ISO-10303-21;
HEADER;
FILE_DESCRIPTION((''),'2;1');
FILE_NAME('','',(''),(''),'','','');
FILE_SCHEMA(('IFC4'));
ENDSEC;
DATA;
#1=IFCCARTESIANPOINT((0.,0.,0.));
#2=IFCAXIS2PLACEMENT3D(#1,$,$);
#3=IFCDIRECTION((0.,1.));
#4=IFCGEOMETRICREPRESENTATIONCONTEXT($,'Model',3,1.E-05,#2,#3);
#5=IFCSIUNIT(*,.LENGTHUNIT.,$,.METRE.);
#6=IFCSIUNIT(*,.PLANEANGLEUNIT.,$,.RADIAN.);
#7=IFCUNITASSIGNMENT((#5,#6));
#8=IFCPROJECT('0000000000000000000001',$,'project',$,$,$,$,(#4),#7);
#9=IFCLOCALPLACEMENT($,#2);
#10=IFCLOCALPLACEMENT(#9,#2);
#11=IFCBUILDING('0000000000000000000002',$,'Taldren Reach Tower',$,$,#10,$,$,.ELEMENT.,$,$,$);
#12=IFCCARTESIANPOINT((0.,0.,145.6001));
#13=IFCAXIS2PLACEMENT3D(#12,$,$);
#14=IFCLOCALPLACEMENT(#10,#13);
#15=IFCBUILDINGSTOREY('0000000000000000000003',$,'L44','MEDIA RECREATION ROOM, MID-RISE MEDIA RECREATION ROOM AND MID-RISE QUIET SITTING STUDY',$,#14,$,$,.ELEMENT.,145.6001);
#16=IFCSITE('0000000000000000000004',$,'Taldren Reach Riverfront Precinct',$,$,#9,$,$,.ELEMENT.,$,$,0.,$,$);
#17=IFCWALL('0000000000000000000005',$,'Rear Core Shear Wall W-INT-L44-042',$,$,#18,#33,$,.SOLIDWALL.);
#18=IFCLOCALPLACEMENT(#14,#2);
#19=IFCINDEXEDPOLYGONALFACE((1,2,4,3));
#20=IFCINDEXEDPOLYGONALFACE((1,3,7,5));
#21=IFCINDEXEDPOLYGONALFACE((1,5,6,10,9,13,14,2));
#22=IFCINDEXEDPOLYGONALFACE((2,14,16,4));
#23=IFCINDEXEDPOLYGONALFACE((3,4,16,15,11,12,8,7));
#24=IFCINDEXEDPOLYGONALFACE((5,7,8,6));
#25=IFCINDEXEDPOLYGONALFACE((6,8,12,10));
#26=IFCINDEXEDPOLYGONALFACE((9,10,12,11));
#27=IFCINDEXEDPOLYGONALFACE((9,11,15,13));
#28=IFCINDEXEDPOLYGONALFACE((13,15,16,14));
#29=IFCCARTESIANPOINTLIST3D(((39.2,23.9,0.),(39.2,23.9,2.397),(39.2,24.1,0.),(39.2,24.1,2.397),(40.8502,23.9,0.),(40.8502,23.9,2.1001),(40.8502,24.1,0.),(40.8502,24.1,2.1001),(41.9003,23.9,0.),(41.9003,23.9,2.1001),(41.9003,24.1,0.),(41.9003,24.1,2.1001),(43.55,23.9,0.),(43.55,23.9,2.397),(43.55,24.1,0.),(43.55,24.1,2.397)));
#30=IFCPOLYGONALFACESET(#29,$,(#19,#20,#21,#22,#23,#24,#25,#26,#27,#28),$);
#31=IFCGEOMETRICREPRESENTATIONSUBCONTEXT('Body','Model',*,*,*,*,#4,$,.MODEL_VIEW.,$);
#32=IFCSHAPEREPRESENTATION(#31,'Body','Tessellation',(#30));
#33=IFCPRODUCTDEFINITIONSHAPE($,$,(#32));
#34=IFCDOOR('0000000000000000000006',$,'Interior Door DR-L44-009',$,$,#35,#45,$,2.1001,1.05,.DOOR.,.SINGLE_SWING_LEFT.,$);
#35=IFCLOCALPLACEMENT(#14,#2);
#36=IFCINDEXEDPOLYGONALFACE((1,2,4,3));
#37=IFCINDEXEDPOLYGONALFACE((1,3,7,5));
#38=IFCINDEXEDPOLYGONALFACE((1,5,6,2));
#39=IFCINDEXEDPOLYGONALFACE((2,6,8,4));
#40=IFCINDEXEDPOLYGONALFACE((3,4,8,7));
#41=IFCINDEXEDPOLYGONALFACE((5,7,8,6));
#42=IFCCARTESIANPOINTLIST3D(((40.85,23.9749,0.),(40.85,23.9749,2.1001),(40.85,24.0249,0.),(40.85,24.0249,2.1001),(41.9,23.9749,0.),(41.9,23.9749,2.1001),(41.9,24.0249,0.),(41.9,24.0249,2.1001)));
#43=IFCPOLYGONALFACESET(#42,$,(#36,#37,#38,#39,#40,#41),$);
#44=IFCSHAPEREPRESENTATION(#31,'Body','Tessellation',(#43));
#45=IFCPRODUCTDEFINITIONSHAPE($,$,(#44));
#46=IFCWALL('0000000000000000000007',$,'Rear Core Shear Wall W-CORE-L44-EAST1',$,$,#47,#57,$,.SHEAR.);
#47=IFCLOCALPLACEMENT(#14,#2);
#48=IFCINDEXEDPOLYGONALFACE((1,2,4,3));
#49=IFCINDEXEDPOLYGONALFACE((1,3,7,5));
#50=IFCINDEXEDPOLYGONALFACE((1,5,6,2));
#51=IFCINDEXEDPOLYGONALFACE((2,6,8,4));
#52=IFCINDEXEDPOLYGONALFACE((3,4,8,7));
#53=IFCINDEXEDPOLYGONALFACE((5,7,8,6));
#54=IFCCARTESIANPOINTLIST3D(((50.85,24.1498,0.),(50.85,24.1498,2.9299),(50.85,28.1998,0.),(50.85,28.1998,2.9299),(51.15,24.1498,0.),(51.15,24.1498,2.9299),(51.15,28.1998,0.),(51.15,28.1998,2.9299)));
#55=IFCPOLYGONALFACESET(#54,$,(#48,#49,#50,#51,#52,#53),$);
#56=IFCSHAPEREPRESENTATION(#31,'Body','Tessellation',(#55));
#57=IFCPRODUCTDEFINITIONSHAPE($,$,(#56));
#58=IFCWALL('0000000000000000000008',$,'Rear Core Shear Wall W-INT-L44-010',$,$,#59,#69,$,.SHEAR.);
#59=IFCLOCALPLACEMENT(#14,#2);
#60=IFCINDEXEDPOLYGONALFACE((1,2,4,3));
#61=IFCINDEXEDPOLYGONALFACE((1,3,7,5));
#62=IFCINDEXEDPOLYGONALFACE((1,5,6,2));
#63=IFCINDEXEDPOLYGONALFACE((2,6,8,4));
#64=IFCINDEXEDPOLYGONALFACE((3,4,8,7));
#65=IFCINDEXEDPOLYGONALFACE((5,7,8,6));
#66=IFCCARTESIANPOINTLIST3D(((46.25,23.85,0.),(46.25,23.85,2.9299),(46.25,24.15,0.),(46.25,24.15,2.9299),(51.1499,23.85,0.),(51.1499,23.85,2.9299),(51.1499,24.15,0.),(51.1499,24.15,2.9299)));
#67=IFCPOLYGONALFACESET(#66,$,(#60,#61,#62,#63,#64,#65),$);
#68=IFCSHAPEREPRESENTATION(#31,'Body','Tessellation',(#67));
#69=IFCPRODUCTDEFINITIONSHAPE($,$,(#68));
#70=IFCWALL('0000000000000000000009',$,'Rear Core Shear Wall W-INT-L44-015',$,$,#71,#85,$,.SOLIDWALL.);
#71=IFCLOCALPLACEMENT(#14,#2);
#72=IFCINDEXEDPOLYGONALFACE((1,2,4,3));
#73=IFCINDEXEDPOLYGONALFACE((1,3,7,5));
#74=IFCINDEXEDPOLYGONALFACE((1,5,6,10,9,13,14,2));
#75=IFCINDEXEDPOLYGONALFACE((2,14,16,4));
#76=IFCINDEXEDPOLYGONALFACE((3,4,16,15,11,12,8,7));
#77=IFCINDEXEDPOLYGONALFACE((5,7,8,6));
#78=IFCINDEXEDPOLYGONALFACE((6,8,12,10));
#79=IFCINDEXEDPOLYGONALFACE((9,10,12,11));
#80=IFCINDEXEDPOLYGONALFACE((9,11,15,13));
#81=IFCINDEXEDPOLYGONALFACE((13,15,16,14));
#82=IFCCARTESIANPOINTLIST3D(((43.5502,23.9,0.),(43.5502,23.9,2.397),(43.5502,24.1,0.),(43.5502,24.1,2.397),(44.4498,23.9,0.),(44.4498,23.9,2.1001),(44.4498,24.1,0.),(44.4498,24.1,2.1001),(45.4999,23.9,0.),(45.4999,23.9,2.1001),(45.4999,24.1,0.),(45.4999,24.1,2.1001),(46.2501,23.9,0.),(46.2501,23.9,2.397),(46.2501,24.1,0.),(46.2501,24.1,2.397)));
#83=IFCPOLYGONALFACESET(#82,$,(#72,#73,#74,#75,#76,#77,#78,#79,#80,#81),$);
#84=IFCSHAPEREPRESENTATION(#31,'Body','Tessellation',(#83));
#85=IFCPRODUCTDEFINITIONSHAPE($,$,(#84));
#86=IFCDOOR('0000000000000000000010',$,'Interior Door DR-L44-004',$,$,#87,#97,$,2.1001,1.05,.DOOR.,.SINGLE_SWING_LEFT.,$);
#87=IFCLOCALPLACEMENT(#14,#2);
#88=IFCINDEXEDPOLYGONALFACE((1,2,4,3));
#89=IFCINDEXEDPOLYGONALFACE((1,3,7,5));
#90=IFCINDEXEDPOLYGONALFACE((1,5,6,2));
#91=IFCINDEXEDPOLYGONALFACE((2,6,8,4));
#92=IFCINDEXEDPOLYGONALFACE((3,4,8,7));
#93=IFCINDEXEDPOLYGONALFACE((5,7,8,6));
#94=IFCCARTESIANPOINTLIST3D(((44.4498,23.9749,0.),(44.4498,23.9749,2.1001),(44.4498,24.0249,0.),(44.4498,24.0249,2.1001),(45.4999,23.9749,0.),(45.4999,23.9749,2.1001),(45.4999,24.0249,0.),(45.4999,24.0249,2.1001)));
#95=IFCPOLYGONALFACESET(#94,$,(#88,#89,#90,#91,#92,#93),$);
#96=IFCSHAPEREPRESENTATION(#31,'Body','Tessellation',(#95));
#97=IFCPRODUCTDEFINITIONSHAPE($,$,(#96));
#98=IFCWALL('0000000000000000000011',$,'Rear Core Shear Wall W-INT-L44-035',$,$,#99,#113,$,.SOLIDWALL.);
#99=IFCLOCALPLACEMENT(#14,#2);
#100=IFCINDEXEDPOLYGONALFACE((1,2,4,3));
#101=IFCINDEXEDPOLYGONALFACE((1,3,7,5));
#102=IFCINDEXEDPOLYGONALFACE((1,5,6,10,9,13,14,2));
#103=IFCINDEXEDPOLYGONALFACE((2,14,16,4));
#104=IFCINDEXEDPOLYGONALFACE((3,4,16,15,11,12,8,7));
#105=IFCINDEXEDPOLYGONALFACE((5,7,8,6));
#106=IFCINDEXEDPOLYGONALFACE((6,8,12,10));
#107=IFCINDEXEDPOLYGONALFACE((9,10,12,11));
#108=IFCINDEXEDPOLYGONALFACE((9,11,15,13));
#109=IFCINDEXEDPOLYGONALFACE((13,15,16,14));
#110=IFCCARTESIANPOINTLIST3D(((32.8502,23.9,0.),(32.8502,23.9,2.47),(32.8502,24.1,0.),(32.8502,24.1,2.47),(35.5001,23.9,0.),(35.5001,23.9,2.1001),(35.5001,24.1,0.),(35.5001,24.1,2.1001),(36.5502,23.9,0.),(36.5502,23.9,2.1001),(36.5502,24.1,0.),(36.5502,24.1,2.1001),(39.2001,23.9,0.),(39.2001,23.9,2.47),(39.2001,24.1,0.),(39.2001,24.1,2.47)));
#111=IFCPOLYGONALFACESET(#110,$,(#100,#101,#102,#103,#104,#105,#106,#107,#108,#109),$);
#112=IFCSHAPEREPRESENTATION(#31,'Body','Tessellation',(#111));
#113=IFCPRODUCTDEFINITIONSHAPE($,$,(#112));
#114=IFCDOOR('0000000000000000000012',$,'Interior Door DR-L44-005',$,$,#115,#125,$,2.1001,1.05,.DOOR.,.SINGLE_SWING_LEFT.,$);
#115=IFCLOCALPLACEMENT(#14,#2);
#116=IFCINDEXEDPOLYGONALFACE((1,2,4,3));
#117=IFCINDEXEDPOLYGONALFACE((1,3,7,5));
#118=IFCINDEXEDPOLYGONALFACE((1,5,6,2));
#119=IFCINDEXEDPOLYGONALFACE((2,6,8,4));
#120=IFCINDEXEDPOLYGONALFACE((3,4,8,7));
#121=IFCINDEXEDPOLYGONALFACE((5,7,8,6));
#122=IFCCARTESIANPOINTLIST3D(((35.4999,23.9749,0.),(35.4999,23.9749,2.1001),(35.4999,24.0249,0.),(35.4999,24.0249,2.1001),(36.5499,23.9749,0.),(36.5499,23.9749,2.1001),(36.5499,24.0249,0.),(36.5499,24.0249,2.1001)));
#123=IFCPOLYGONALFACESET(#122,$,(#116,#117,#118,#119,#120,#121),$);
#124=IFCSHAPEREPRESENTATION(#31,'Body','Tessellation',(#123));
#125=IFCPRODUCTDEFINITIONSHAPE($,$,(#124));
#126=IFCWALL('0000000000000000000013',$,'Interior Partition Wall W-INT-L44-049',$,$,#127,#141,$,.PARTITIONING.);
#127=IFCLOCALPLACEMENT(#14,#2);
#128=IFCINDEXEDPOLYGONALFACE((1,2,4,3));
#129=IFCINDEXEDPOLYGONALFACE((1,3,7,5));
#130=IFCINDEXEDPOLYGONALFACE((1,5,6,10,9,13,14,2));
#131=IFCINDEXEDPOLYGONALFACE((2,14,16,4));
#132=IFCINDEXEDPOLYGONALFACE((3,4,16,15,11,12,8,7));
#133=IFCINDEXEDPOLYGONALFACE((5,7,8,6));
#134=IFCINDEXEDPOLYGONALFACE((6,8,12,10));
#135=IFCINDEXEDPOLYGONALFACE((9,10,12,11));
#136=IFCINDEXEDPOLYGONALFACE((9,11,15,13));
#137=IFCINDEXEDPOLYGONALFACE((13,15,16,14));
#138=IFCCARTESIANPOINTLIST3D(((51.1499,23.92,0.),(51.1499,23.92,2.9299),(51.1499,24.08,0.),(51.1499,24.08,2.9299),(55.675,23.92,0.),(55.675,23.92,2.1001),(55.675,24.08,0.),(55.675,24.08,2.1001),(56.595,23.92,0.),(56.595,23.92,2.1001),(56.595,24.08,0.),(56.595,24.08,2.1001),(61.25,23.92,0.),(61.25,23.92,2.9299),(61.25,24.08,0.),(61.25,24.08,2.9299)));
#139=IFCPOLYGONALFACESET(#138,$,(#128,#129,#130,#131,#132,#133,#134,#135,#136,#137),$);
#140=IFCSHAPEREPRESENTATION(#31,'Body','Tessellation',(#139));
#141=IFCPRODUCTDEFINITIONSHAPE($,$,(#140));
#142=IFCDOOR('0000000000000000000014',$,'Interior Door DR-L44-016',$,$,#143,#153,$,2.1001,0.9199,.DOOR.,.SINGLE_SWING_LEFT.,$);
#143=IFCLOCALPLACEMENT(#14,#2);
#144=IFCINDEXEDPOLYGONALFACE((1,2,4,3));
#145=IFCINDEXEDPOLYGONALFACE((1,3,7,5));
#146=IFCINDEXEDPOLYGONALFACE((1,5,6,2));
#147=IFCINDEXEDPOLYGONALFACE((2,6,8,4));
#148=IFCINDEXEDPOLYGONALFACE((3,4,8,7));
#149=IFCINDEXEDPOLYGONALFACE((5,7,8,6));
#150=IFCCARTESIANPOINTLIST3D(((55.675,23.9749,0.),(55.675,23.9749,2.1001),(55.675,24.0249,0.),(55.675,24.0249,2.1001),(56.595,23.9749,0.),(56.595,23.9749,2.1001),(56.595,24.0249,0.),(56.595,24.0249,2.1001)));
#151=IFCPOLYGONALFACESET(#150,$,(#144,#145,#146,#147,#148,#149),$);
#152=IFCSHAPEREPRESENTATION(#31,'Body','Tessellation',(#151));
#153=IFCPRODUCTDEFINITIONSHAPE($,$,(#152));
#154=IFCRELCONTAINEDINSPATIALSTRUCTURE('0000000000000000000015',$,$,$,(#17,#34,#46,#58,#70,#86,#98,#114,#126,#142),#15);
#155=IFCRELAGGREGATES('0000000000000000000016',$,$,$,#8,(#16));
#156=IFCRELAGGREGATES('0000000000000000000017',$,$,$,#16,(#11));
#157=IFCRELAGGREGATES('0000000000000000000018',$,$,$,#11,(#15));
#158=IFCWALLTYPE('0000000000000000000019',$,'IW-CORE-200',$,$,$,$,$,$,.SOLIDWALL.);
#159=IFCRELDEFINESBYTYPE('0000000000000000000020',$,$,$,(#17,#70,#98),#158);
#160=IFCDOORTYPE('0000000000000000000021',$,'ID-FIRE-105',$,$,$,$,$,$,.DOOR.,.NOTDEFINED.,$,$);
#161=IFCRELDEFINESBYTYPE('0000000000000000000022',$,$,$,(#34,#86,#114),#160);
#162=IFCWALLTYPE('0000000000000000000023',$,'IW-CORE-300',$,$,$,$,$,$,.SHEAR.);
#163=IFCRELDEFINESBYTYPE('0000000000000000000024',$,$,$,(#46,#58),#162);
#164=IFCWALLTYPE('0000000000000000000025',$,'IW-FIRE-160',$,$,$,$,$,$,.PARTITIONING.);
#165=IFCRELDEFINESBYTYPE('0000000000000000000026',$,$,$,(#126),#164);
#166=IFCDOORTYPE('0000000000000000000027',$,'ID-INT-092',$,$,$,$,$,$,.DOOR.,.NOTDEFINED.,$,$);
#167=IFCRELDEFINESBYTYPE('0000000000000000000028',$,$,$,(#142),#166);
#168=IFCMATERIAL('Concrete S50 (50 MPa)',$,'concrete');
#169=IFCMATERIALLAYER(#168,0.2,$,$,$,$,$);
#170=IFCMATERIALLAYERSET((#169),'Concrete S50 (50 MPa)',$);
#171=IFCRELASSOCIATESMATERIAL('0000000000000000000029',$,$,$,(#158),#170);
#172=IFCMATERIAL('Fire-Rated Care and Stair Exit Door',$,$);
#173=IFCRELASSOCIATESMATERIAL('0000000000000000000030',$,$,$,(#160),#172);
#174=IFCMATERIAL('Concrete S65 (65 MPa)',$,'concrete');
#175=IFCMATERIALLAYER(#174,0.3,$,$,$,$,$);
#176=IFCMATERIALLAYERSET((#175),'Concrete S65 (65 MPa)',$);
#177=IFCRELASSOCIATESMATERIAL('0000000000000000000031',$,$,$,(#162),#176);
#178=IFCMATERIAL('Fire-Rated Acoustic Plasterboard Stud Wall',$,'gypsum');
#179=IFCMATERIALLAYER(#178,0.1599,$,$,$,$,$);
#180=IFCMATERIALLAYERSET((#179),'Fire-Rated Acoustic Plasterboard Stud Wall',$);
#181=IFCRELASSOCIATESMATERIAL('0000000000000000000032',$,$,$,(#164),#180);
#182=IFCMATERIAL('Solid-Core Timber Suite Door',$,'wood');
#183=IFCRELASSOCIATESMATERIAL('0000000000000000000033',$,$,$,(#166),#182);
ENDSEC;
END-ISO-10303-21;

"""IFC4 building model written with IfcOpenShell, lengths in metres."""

from ifc_helpers import new_model, si_unit, direction, frame, frame_2d, origin, place, context, subcontext, project, spatial, rectangle, extrude, source, transform, mapped, material, layer, layer_set, type_object, element, fill, save


model = new_model("IFC4")

# Units and contexts
model_context = context("Model", 3, precision=1e-05, world=origin(), true_north=direction((0.0, 1.0)))
body_context = subcontext(model_context, "Body", "Model", "MODEL_VIEW")
ifc_project = project(units=[si_unit("LENGTHUNIT", "METRE"), si_unit("PLANEANGLEUNIT", "RADIAN")], contexts=[model_context])

# Site, building, storey
site_placement = place(None, origin())
site = spatial("IfcSite", under=ifc_project, at=site_placement, Name="Taldren Reach Riverfront Precinct", CompositionType="ELEMENT", RefElevation=0.0)
building_placement = place(site_placement, origin())
building = spatial("IfcBuilding", under=site, at=building_placement, Name="Taldren Reach Tower", CompositionType="ELEMENT")
storey_placement = place(building_placement, frame((0.0, 0.0, 145.6001)))
storey = spatial("IfcBuildingStorey", under=building, at=storey_placement, Name="L44", Description="MEDIA RECREATION ROOM, MID-RISE MEDIA RECREATION ROOM AND MID-RISE QUIET SITTING STUDY", CompositionType="ELEMENT", Elevation=145.6001)

# Wall, opening, door
ifc_material_1 = material(Name="Concrete S50 (50 MPa)", Category="concrete")
ifc_layer_1 = layer(ifc_material_1, 0.2)
ifc_layer_set_1 = layer_set([ifc_layer_1], Name="Concrete S50 (50 MPa)")
wall_type_1 = type_object("IfcWallType", Name="IW-CORE-200", PredefinedType="SOLIDWALL", material=ifc_layer_set_1)
shared_shape_1 = source(origin(), body_context, "Body", "SweptSolid", [
    extrude(rectangle(XDim=4.3501, YDim=0.2, at=frame_2d((2.175, 0.0))), origin(), (0.0, 0.0, 1.0), 2.397),
])
wall_1_placement = place(storey_placement, frame((43.55, 24.0, 0.0), z_axis=(0.0, 0.0, 1.0), x_axis=(-1.0, 0.0, 0.0)))
wall_1 = element("IfcWall", 1, at=wall_1_placement, inside=storey, type_object=wall_type_1, Name="Rear Core Shear Wall W-INT-L44-042", PredefinedType="SOLIDWALL", context=body_context, shape_type="MappedRepresentation", body=[
    mapped(shared_shape_1, transform((0.0, 0.0, 0.0), scale=1.0)),
])
shared_shape_2 = source(origin(), body_context, "Body", "SweptSolid", [
    extrude(rectangle(XDim=1.05, YDim=2.1001, at=frame_2d((0.5249, 1.05))), frame((0.0, 0.1099, 0.0), z_axis=(0.0, -1.0, 0.0), x_axis=(1.0, 0.0, 0.0)), (0.0, 0.0, 1.0), 0.22),
])
opening_1_placement = place(wall_1_placement, frame((1.6499, 0.0, 0.0)))
opening_1 = element("IfcOpeningElement", 2, at=opening_1_placement, cuts=wall_1, PredefinedType="OPENING", context=body_context, shape_type="MappedRepresentation", body=[
    mapped(shared_shape_2, transform((0.0, 0.0, 0.0), scale=1.0)),
])
ifc_material_2 = material(Name="Fire-Rated Care and Stair Exit Door")
door_type_1 = type_object("IfcDoorType", Name="ID-FIRE-105", OperationType="NOTDEFINED", PredefinedType="DOOR", material=ifc_material_2)
shared_shape_3 = source(origin(), body_context, "Body", "SweptSolid", [
    extrude(rectangle(XDim=1.05, YDim=2.1001, at=frame_2d((0.5249, 1.05))), frame((0.0, 0.0249, 0.0), z_axis=(0.0, -1.0, 0.0), x_axis=(1.0, 0.0, 0.0)), (0.0, 0.0, 1.0), 0.05),
])
door_1_placement = place(opening_1_placement, frame((1.05, 0.0, 0.0), z_axis=(0.0, 0.0, 1.0), x_axis=(-1.0, 0.0, 0.0)))
door_1 = element("IfcDoor", 3, at=door_1_placement, inside=storey, type_object=door_type_1, Name="Interior Door DR-L44-009", OperationType="SINGLE_SWING_LEFT", OverallHeight=2.1001, OverallWidth=1.05, PredefinedType="DOOR", context=body_context, shape_type="MappedRepresentation", body=[
    mapped(shared_shape_3, transform((0.0, 0.0, 0.0), scale=1.0)),
])
fill(opening_1, door_1)

# Walls
ifc_material_3 = material(Name="Concrete S65 (65 MPa)", Category="concrete")
ifc_layer_2 = layer(ifc_material_3, 0.3)
ifc_layer_set_2 = layer_set([ifc_layer_2], Name="Concrete S65 (65 MPa)")
wall_type_2 = type_object("IfcWallType", Name="IW-CORE-300", PredefinedType="SHEAR", material=ifc_layer_set_2)
shared_shape_4 = source(origin(), body_context, "Body", "SweptSolid", [
    extrude(rectangle(XDim=4.05, YDim=0.3, at=frame_2d((2.0249, 0.0))), origin(), (0.0, 0.0, 1.0), 2.9299),
])
wall_2_placement = place(storey_placement, frame((51.0, 24.1499, 0.0), z_axis=(0.0, 0.0, 1.0), x_axis=(0.0, 1.0, 0.0)))
element("IfcWall", 4, at=wall_2_placement, inside=storey, type_object=wall_type_2, Name="Rear Core Shear Wall W-CORE-L44-EAST1", PredefinedType="SHEAR", context=body_context, shape_type="MappedRepresentation", body=[
    mapped(shared_shape_4, transform((0.0, 0.0, 0.0), scale=1.0)),
])
shared_shape_5 = source(origin(), body_context, "Body", "SweptSolid", [
    extrude(rectangle(XDim=4.8999, YDim=0.3, at=frame_2d((2.45, 0.0))), origin(), (0.0, 0.0, 1.0), 2.9299),
])
wall_3_placement = place(storey_placement, frame((46.25, 24.0, 0.0), z_axis=(0.0, 0.0, 1.0), x_axis=(1.0, 0.0, 0.0)))
element("IfcWall", 5, at=wall_3_placement, inside=storey, type_object=wall_type_2, Name="Rear Core Shear Wall W-INT-L44-010", PredefinedType="SHEAR", context=body_context, shape_type="MappedRepresentation", body=[
    mapped(shared_shape_5, transform((0.0, 0.0, 0.0), scale=1.0)),
])

# Walls, openings, doors
shared_shape_6 = source(origin(), body_context, "Body", "SweptSolid", [
    extrude(rectangle(XDim=2.7, YDim=0.2, at=frame_2d((1.3501, 0.0))), origin(), (0.0, 0.0, 1.0), 2.397),
])
wall_4_placement = place(storey_placement, frame((43.55, 24.0, 0.0), z_axis=(0.0, 0.0, 1.0), x_axis=(1.0, 0.0, 0.0)))
wall_4 = element("IfcWall", 6, at=wall_4_placement, inside=storey, type_object=wall_type_1, Name="Rear Core Shear Wall W-INT-L44-015", PredefinedType="SOLIDWALL", context=body_context, shape_type="MappedRepresentation", body=[
    mapped(shared_shape_6, transform((0.0, 0.0, 0.0), scale=1.0)),
])
opening_2_placement = place(wall_4_placement, frame((0.8999, 0.0, 0.0)))
opening_2 = element("IfcOpeningElement", 7, at=opening_2_placement, cuts=wall_4, PredefinedType="OPENING", context=body_context, shape_type="MappedRepresentation", body=[
    mapped(shared_shape_2, transform((0.0, 0.0, 0.0), scale=1.0)),
])
door_2_placement = place(opening_2_placement, origin())
door_2 = element("IfcDoor", 8, at=door_2_placement, inside=storey, type_object=door_type_1, Name="Interior Door DR-L44-004", OperationType="SINGLE_SWING_LEFT", OverallHeight=2.1001, OverallWidth=1.05, PredefinedType="DOOR", context=body_context, shape_type="MappedRepresentation", body=[
    mapped(shared_shape_3, transform((0.0, 0.0, 0.0), scale=1.0)),
])
fill(opening_2, door_2)
shared_shape_7 = source(origin(), body_context, "Body", "SweptSolid", [
    extrude(rectangle(XDim=6.3499, YDim=0.2, at=frame_2d((3.1748, 0.0))), origin(), (0.0, 0.0, 1.0), 2.47),
])
wall_5_placement = place(storey_placement, frame((39.2, 24.0, 0.0), z_axis=(0.0, 0.0, 1.0), x_axis=(-1.0, 0.0, 0.0)))
wall_5 = element("IfcWall", 9, at=wall_5_placement, inside=storey, type_object=wall_type_1, Name="Rear Core Shear Wall W-INT-L44-035", PredefinedType="SOLIDWALL", context=body_context, shape_type="MappedRepresentation", body=[
    mapped(shared_shape_7, transform((0.0, 0.0, 0.0), scale=1.0)),
])
opening_3_placement = place(wall_5_placement, frame((2.6499, 0.0, 0.0)))
opening_3 = element("IfcOpeningElement", 10, at=opening_3_placement, cuts=wall_5, PredefinedType="OPENING", context=body_context, shape_type="MappedRepresentation", body=[
    mapped(shared_shape_2, transform((0.0, 0.0, 0.0), scale=1.0)),
])
door_3_placement = place(opening_3_placement, frame((1.05, 0.0, 0.0), z_axis=(0.0, 0.0, 1.0), x_axis=(-1.0, 0.0, 0.0)))
door_3 = element("IfcDoor", 11, at=door_3_placement, inside=storey, type_object=door_type_1, Name="Interior Door DR-L44-005", OperationType="SINGLE_SWING_LEFT", OverallHeight=2.1001, OverallWidth=1.05, PredefinedType="DOOR", context=body_context, shape_type="MappedRepresentation", body=[
    mapped(shared_shape_3, transform((0.0, 0.0, 0.0), scale=1.0)),
])
fill(opening_3, door_3)
ifc_material_4 = material(Name="Fire-Rated Acoustic Plasterboard Stud Wall", Category="gypsum")
ifc_layer_3 = layer(ifc_material_4, 0.1599)
ifc_layer_set_3 = layer_set([ifc_layer_3], Name="Fire-Rated Acoustic Plasterboard Stud Wall")
wall_type_3 = type_object("IfcWallType", Name="IW-FIRE-160", PredefinedType="PARTITIONING", material=ifc_layer_set_3)
shared_shape_8 = source(origin(), body_context, "Body", "SweptSolid", [
    extrude(rectangle(XDim=10.1001, YDim=0.1599, at=frame_2d((5.05, 0.0))), origin(), (0.0, 0.0, 1.0), 2.9299),
])
wall_6_placement = place(storey_placement, frame((51.1499, 24.0, 0.0), z_axis=(0.0, 0.0, 1.0), x_axis=(1.0, 0.0, 0.0)))
wall_6 = element("IfcWall", 12, at=wall_6_placement, inside=storey, type_object=wall_type_3, Name="Interior Partition Wall W-INT-L44-049", PredefinedType="PARTITIONING", context=body_context, shape_type="MappedRepresentation", body=[
    mapped(shared_shape_8, transform((0.0, 0.0, 0.0), scale=1.0)),
])
shared_shape_9 = source(origin(), body_context, "Body", "SweptSolid", [
    extrude(rectangle(XDim=0.9199, YDim=2.1001, at=frame_2d((0.46, 1.05))), frame((0.0, 0.0898, 0.0), z_axis=(0.0, -1.0, 0.0), x_axis=(1.0, 0.0, 0.0)), (0.0, 0.0, 1.0), 0.1799),
])
opening_4_placement = place(wall_6_placement, frame((4.5251, 0.0, 0.0)))
opening_4 = element("IfcOpeningElement", 13, at=opening_4_placement, cuts=wall_6, PredefinedType="OPENING", context=body_context, shape_type="MappedRepresentation", body=[
    mapped(shared_shape_9, transform((0.0, 0.0, 0.0), scale=1.0)),
])
ifc_material_5 = material(Name="Solid-Core Timber Suite Door", Category="wood")
door_type_2 = type_object("IfcDoorType", Name="ID-INT-092", OperationType="NOTDEFINED", PredefinedType="DOOR", material=ifc_material_5)
shared_shape_10 = source(origin(), body_context, "Body", "SweptSolid", [
    extrude(rectangle(XDim=0.9199, YDim=2.1001, at=frame_2d((0.46, 1.05))), frame((0.0, 0.0249, 0.0), z_axis=(0.0, -1.0, 0.0), x_axis=(1.0, 0.0, 0.0)), (0.0, 0.0, 1.0), 0.05),
])
door_4_placement = place(opening_4_placement, origin())
door_4 = element("IfcDoor", 14, at=door_4_placement, inside=storey, type_object=door_type_2, Name="Interior Door DR-L44-016", OperationType="SINGLE_SWING_LEFT", OverallHeight=2.1001, OverallWidth=0.9199, PredefinedType="DOOR", context=body_context, shape_type="MappedRepresentation", body=[
    mapped(shared_shape_10, transform((0.0, 0.0, 0.0), scale=1.0)),
])
fill(opening_4, door_4)

save(model, "model.ifc")
